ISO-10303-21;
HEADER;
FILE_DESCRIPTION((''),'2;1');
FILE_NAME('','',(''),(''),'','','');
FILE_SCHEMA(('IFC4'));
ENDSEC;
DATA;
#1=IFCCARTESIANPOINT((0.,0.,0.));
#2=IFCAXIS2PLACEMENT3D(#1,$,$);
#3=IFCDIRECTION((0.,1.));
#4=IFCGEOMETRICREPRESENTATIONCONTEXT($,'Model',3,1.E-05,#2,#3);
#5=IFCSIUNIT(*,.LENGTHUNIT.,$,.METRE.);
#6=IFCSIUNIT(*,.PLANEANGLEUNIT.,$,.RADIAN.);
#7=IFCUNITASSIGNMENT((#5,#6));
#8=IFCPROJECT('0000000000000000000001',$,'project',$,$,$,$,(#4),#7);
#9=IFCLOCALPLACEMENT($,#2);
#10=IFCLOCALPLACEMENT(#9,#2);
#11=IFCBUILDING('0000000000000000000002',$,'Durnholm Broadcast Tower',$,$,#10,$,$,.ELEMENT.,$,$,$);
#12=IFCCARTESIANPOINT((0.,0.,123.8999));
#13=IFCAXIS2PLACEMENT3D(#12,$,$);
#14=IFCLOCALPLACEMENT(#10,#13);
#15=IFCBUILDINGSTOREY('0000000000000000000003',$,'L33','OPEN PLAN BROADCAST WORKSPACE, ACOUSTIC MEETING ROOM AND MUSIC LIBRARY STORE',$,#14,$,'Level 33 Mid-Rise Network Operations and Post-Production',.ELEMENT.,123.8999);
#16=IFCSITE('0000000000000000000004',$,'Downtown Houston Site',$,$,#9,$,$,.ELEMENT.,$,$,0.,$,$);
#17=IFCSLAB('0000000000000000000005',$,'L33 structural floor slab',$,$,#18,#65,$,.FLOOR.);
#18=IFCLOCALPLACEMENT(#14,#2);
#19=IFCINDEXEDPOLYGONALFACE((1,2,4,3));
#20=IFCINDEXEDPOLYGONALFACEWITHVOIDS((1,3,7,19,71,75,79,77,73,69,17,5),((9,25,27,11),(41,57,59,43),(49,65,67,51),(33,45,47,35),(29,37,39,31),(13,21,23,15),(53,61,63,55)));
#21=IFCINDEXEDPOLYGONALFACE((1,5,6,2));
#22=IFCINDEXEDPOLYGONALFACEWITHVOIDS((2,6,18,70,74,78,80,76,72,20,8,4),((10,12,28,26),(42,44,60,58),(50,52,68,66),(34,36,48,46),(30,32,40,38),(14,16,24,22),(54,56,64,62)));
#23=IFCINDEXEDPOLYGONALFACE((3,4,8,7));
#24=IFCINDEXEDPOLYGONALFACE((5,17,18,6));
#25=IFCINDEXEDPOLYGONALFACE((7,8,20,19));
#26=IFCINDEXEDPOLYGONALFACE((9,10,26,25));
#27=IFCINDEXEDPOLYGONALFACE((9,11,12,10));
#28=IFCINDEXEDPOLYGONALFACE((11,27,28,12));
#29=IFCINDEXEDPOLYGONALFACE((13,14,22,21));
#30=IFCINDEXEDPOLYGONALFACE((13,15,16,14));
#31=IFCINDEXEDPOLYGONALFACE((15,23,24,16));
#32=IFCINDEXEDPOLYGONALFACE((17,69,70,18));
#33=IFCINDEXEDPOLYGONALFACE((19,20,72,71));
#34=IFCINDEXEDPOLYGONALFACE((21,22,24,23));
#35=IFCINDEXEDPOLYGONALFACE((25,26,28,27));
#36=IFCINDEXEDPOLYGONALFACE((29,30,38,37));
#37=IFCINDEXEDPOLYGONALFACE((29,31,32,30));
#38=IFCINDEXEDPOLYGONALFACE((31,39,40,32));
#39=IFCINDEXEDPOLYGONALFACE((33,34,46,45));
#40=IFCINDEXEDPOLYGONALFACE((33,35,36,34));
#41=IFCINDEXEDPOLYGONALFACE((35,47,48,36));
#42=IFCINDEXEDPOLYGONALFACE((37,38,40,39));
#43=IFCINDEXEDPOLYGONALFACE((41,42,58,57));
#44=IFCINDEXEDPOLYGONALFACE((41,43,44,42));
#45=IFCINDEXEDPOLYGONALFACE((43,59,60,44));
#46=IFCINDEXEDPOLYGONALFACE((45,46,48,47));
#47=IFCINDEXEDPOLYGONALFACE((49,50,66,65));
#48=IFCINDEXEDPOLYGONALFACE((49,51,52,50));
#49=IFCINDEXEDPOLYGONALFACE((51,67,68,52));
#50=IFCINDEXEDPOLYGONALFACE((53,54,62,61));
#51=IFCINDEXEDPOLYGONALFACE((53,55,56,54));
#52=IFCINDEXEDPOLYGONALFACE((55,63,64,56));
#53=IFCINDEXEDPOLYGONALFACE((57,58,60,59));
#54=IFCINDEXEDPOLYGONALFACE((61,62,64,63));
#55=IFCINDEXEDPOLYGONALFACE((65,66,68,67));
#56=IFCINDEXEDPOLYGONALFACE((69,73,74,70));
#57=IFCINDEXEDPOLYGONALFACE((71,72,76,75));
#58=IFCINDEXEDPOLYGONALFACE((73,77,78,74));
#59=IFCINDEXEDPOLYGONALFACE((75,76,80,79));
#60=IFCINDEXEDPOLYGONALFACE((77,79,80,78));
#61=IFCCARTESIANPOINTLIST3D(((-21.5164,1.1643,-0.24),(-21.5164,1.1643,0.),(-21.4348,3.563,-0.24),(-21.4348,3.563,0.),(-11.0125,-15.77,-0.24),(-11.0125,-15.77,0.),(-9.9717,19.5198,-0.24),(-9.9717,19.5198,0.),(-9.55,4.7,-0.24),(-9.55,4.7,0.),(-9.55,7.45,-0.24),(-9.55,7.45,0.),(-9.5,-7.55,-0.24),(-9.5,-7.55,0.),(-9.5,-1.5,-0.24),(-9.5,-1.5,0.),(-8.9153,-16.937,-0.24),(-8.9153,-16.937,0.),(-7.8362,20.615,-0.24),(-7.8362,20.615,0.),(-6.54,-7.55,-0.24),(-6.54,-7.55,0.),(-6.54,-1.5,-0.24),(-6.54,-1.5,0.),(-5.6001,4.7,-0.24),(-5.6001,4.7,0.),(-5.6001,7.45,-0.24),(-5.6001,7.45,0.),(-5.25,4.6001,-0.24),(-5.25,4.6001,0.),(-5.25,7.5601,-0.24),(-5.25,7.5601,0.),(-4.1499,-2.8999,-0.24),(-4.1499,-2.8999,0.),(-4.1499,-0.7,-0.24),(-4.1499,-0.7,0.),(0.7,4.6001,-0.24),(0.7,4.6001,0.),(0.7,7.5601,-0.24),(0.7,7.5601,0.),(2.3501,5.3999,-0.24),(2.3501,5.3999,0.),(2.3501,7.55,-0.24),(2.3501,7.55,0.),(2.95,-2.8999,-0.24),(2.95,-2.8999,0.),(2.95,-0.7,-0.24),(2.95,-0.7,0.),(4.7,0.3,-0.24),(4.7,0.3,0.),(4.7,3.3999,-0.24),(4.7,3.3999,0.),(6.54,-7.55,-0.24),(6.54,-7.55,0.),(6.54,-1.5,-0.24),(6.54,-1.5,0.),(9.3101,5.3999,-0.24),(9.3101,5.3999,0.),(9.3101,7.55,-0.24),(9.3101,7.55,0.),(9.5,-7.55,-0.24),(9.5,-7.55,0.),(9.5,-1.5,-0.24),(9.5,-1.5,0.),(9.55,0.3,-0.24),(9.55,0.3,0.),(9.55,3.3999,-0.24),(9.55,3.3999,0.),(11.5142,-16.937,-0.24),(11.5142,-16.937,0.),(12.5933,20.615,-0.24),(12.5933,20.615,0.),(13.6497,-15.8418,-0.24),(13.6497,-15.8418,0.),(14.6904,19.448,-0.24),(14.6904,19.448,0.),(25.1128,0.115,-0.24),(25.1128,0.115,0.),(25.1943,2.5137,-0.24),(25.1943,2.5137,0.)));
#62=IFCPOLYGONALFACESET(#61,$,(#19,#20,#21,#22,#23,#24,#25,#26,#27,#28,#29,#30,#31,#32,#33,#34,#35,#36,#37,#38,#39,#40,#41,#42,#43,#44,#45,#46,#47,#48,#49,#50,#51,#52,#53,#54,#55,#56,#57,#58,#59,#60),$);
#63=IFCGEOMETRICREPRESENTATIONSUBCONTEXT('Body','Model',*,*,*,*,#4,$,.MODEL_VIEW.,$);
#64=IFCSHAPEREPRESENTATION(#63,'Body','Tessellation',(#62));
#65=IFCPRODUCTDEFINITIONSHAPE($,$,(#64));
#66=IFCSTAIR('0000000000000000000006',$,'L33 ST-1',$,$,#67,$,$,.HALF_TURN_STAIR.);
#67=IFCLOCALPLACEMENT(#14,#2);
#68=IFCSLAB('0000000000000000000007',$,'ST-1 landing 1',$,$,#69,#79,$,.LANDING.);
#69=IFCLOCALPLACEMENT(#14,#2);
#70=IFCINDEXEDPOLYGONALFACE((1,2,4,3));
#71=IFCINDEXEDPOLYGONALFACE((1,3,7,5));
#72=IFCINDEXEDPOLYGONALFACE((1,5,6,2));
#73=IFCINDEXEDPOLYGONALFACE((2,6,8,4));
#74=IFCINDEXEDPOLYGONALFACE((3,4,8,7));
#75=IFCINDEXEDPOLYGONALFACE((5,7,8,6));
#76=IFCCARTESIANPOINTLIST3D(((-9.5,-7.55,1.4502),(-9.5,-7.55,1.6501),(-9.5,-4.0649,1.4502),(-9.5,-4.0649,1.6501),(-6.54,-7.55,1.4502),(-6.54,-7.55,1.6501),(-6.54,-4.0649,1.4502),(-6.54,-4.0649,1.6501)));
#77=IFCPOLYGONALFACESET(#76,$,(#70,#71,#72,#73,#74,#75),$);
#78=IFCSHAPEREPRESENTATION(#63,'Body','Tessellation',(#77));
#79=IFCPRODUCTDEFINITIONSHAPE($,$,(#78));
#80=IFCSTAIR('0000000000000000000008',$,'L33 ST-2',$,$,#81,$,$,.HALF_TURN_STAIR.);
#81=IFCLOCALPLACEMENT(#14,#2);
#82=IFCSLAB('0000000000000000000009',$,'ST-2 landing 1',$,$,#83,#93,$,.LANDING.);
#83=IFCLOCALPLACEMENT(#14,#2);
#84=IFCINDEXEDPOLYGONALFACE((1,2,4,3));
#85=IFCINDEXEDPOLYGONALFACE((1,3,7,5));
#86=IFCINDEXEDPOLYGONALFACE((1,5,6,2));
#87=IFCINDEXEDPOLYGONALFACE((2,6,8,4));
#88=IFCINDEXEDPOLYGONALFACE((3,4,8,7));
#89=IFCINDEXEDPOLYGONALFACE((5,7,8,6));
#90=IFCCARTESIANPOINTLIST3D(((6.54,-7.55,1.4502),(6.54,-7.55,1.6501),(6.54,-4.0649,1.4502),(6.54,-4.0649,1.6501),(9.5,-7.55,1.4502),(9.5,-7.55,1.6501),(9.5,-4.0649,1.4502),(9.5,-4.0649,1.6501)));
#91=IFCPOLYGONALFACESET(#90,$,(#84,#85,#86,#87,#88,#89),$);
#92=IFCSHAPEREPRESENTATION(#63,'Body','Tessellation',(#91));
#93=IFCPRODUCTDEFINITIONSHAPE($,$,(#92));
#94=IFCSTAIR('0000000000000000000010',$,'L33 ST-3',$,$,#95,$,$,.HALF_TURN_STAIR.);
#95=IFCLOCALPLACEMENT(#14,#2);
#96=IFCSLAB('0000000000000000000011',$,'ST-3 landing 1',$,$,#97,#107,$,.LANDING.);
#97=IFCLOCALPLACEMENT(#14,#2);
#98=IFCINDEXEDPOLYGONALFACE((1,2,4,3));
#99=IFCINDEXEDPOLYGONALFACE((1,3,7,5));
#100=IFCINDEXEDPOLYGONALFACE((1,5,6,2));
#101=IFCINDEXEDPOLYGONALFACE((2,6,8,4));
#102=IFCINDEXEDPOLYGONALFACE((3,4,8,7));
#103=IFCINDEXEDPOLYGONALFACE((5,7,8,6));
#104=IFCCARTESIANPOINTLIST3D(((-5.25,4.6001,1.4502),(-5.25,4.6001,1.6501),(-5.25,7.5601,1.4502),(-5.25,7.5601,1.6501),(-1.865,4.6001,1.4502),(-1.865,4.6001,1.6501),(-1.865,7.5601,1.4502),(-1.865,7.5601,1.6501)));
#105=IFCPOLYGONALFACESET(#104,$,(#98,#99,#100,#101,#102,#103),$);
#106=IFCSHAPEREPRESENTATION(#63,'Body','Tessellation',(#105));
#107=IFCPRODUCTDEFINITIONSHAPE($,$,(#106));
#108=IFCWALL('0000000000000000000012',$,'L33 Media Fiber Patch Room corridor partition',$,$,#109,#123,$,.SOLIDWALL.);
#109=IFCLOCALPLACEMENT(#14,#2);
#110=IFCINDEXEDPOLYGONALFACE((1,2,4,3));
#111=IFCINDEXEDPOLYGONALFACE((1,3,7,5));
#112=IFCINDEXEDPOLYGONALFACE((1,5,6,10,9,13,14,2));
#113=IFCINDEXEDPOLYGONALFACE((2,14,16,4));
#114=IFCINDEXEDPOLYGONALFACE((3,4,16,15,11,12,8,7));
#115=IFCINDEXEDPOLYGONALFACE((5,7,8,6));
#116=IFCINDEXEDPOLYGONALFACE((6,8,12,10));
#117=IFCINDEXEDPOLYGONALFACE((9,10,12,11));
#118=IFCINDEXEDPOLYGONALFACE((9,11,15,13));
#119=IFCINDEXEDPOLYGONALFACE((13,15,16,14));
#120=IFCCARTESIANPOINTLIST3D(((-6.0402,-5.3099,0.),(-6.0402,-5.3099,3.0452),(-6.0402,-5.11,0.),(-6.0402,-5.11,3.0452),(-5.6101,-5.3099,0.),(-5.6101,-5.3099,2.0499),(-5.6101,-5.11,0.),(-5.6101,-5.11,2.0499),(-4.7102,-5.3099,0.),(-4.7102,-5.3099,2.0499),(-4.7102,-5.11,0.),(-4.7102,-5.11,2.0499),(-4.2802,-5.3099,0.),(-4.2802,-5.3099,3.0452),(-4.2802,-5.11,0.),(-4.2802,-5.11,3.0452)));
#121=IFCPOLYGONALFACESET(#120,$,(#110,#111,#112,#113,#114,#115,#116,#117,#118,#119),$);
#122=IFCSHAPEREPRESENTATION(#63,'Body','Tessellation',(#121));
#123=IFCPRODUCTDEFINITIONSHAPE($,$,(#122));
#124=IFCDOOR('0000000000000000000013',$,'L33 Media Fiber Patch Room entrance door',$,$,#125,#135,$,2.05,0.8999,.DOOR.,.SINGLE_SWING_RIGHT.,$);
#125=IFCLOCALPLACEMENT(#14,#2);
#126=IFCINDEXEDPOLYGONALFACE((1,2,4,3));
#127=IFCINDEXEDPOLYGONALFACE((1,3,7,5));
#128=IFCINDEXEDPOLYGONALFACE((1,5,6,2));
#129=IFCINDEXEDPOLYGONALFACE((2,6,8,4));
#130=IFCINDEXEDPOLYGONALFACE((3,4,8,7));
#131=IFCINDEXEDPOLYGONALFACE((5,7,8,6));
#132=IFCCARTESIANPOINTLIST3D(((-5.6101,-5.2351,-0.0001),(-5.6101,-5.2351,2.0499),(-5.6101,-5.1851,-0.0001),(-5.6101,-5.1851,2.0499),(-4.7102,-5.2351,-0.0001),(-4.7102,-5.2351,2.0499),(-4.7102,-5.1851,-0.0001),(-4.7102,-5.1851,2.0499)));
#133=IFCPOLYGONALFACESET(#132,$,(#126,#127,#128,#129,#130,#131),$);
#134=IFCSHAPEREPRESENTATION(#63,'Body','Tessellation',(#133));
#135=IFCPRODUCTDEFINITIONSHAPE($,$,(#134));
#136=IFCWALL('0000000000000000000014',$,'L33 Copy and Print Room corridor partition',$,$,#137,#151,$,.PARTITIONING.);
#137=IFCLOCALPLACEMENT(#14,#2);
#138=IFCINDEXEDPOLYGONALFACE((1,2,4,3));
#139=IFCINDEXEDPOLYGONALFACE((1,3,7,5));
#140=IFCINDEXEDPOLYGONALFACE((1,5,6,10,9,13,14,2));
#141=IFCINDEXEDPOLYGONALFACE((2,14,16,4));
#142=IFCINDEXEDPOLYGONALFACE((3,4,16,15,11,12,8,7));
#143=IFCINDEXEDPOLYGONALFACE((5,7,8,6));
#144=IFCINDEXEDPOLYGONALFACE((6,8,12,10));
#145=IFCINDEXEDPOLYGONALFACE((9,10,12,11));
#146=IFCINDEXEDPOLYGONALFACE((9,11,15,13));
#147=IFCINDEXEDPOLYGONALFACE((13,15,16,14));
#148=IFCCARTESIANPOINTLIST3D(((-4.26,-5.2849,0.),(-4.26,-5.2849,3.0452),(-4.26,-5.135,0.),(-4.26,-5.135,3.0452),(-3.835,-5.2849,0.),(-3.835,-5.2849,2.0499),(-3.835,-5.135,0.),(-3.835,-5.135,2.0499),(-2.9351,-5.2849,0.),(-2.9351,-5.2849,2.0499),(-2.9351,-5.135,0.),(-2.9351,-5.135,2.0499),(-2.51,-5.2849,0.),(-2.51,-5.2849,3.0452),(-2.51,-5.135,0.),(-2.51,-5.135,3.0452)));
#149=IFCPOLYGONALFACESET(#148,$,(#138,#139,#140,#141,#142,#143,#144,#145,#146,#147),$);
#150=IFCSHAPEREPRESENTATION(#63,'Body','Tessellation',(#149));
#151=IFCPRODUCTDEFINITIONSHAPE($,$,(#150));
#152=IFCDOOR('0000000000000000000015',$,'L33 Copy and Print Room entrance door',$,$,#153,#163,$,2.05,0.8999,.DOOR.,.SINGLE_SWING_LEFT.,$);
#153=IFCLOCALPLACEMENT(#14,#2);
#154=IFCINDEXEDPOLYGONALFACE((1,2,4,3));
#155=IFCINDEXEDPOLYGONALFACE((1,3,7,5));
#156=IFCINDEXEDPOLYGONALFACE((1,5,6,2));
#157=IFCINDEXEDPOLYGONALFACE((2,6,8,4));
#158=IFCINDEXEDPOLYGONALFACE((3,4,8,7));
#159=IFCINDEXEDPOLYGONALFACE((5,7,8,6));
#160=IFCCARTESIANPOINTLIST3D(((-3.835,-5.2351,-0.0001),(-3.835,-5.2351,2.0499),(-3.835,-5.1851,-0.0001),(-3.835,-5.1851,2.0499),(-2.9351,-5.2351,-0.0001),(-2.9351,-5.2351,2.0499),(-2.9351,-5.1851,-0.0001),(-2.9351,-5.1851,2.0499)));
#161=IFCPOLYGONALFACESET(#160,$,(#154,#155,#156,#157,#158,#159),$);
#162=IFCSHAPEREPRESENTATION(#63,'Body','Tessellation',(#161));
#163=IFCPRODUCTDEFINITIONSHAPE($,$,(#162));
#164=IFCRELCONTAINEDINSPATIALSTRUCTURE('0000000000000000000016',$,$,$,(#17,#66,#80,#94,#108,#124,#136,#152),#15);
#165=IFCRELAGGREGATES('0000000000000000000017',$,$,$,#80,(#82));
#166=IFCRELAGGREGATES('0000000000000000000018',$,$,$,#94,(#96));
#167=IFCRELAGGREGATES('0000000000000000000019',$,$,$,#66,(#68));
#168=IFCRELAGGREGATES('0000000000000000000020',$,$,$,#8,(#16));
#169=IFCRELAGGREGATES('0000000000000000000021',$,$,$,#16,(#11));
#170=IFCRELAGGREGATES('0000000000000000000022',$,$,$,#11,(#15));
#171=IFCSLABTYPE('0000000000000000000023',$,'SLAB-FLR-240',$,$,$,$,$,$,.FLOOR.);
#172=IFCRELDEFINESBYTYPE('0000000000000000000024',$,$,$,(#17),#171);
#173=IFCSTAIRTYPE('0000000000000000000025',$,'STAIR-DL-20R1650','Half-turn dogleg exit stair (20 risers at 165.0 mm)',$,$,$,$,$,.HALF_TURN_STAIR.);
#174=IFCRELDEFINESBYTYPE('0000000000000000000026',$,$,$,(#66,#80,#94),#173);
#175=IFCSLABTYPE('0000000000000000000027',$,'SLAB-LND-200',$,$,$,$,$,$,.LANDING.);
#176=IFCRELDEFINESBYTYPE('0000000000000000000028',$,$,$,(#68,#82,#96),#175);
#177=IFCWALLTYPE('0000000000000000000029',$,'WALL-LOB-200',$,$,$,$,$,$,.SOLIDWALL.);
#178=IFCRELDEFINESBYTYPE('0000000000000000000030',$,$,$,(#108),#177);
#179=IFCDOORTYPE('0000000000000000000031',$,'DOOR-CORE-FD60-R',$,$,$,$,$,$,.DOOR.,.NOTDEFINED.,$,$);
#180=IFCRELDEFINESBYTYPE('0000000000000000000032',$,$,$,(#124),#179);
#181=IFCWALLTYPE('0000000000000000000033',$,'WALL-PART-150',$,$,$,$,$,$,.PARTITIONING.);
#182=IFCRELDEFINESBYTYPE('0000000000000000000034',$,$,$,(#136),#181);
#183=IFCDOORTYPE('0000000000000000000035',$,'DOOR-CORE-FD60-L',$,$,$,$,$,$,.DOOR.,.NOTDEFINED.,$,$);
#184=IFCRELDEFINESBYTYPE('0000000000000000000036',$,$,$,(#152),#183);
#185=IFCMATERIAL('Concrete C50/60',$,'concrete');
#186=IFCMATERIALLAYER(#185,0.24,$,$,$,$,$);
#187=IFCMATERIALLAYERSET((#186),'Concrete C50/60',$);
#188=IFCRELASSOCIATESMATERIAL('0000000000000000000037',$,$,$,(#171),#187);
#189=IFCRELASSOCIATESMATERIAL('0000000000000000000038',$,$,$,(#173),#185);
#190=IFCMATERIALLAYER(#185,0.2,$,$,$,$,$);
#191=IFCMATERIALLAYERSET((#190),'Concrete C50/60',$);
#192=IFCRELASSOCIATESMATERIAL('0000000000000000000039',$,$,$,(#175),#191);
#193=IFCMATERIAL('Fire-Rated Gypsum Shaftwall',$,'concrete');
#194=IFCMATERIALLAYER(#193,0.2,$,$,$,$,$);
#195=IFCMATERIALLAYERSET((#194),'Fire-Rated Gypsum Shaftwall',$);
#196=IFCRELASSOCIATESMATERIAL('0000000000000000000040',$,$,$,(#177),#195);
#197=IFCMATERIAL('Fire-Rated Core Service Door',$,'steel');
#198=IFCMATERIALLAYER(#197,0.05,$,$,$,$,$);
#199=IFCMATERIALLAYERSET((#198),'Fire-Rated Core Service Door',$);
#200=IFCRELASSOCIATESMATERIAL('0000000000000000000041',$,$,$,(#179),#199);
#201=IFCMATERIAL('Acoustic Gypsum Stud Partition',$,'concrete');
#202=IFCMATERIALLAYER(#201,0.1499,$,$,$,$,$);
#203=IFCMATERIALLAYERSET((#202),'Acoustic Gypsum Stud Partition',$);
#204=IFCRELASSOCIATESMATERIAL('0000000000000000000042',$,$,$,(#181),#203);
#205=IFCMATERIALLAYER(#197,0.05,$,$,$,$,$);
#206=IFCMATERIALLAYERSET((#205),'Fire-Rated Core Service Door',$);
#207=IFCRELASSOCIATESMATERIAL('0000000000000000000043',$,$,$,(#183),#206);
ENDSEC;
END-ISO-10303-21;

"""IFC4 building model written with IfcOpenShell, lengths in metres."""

from ifc_helpers import new_model, si_unit, direction, frame, frame_2d, origin, place, context, subcontext, project, spatial, polyline, rectangle, outline, extrude, source, transform, mapped, material, layer, layer_set, type_object, type_shapes, element, fill, aggregate, save


model = new_model("IFC4")

# Units and contexts
model_context = context("Model", 3, precision=1e-05, world=origin(), true_north=direction((0.0, 1.0)))
body_context = subcontext(model_context, "Body", "Model", "MODEL_VIEW")
ifc_project = project(units=[si_unit("LENGTHUNIT", "METRE"), si_unit("PLANEANGLEUNIT", "RADIAN")], contexts=[model_context])

# Site, building, storey
site_placement = place(None, origin())
site = spatial("IfcSite", under=ifc_project, at=site_placement, Name="Downtown Houston Site", CompositionType="ELEMENT", RefElevation=0.0)
building_placement = place(site_placement, origin())
building = spatial("IfcBuilding", under=site, at=building_placement, Name="Durnholm Broadcast Tower", CompositionType="ELEMENT")
storey_placement = place(building_placement, frame((0.0, 0.0, 123.8999)))
storey = spatial("IfcBuildingStorey", under=building, at=storey_placement, Name="L33", Description="OPEN PLAN BROADCAST WORKSPACE, ACOUSTIC MEETING ROOM AND MUSIC LIBRARY STORE", LongName="Level 33 Mid-Rise Network Operations and Post-Production", CompositionType="ELEMENT", Elevation=123.8999)

# Slab
ifc_material_1 = material(Name="Concrete C50/60", Category="concrete")
ifc_layer_1 = layer(ifc_material_1, 0.24)
ifc_layer_set_1 = layer_set([ifc_layer_1], Name="Concrete C50/60")
slab_type_1 = type_object("IfcSlabType", Name="SLAB-FLR-240", PredefinedType="FLOOR", material=ifc_layer_set_1)
slab_1_placement = place(storey_placement, frame((0.0, 0.0, -0.24)))
element("IfcSlab", 1, at=slab_1_placement, inside=storey, type_object=slab_type_1, Name="L33 structural floor slab", PredefinedType="FLOOR", context=body_context, shape_type="SweptSolid", body=[
    extrude(outline(polyline([(-11.0125, -15.77), (-8.9153, -16.937), (11.5142, -16.937), (13.6497, -15.8418), (25.1128, 0.115), (25.1943, 2.5137), (14.6904, 19.448), (12.5933, 20.615), (-7.8362, 20.615), (-9.9717, 19.5198), (-21.4348, 3.563), (-21.5164, 1.1643), (-11.0125, -15.77)]), holes=[polyline([(-6.54, -1.5), (-9.5, -1.5), (-9.5, -7.55), (-6.54, -7.55), (-6.54, -1.5)]), polyline([(9.5, -7.55), (9.5, -1.5), (6.54, -1.5), (6.54, -7.55), (9.5, -7.55)]), polyline([(2.95, -0.7), (-4.1499, -0.7), (-4.1499, -2.8999), (2.95, -2.8999), (2.95, -0.7)]), polyline([(9.55, 3.3999), (4.7, 3.3999), (4.7, 0.3), (9.55, 0.3), (9.55, 3.3999)]), polyline([(-5.6001, 7.45), (-9.55, 7.45), (-9.55, 4.7), (-5.6001, 4.7), (-5.6001, 7.45)]), polyline([(-5.25, 4.6001), (0.7, 4.6001), (0.7, 7.5601), (-5.25, 7.5601), (-5.25, 4.6001)]), polyline([(9.3101, 7.55), (2.3501, 7.55), (2.3501, 5.3999), (9.3101, 5.3999), (9.3101, 7.55)])]), origin(), (0.0, 0.0, 1.0), 0.24),
])

# Stairs, slabs
stair_type = type_object("IfcStairType", Name="STAIR-DL-20R1650", Description="Half-turn dogleg exit stair (20 risers at 165.0 mm)", PredefinedType="HALF_TURN_STAIR", material=ifc_material_1)
stair_1_placement = place(storey_placement, origin())
stair_1 = element("IfcStair", 2, at=stair_1_placement, inside=storey, type_object=stair_type, Name="L33 ST-1", PredefinedType="HALF_TURN_STAIR")
ifc_layer_2 = layer(ifc_material_1, 0.2)
ifc_layer_set_2 = layer_set([ifc_layer_2], Name="Concrete C50/60")
slab_type_2 = type_object("IfcSlabType", Name="SLAB-LND-200", PredefinedType="LANDING", material=ifc_layer_set_2)
slab_2_placement = place(storey_placement, frame((0.0, 0.0, 1.4502)))
slab_2 = element("IfcSlab", 3, at=slab_2_placement, type_object=slab_type_2, Name="ST-1 landing 1", PredefinedType="LANDING", context=body_context, shape_type="SweptSolid", body=[
    extrude(outline(polyline([(-9.5, -4.0649), (-9.5, -7.55), (-6.54, -7.55), (-6.54, -4.0649), (-9.5, -4.0649)])), origin(), (0.0, 0.0, 1.0), 0.2),
])
stair_2_placement = place(storey_placement, origin())
stair_2 = element("IfcStair", 4, at=stair_2_placement, inside=storey, type_object=stair_type, Name="L33 ST-2", PredefinedType="HALF_TURN_STAIR")
slab_3_placement = place(storey_placement, frame((0.0, 0.0, 1.4502)))
slab_3 = element("IfcSlab", 5, at=slab_3_placement, type_object=slab_type_2, Name="ST-2 landing 1", PredefinedType="LANDING", context=body_context, shape_type="SweptSolid", body=[
    extrude(outline(polyline([(6.54, -4.0649), (6.54, -7.55), (9.5, -7.55), (9.5, -4.0649), (6.54, -4.0649)])), origin(), (0.0, 0.0, 1.0), 0.2),
])
aggregate(stair_2, [slab_3])
stair_3_placement = place(storey_placement, origin())
stair_3 = element("IfcStair", 6, at=stair_3_placement, inside=storey, type_object=stair_type, Name="L33 ST-3", PredefinedType="HALF_TURN_STAIR")
slab_4_placement = place(storey_placement, frame((0.0, 0.0, 1.4502)))
slab_4 = element("IfcSlab", 7, at=slab_4_placement, type_object=slab_type_2, Name="ST-3 landing 1", PredefinedType="LANDING", context=body_context, shape_type="SweptSolid", body=[
    extrude(outline(polyline([(-1.865, 7.5601), (-5.25, 7.5601), (-5.25, 4.6001), (-1.865, 4.6001), (-1.865, 7.5601)])), origin(), (0.0, 0.0, 1.0), 0.2),
])
aggregate(stair_3, [slab_4])

# Walls, openings, doors
ifc_material_2 = material(Name="Fire-Rated Gypsum Shaftwall", Category="concrete")
ifc_layer_3 = layer(ifc_material_2, 0.2)
ifc_layer_set_3 = layer_set([ifc_layer_3], Name="Fire-Rated Gypsum Shaftwall")
wall_type_1 = type_object("IfcWallType", Name="WALL-LOB-200", PredefinedType="SOLIDWALL", material=ifc_layer_set_3)
wall_1_placement = place(storey_placement, frame((-6.04, -5.21, 0.0), z_axis=(0.0, 0.0, 1.0), x_axis=(1.0, 0.0, 0.0)))
wall_1 = element("IfcWall", 8, at=wall_1_placement, inside=storey, type_object=wall_type_1, Name="L33 Media Fiber Patch Room corridor partition", PredefinedType="SOLIDWALL", context=body_context, shape_type="SweptSolid", body=[
    extrude(rectangle(XDim=1.76, YDim=0.2, at=frame_2d((0.8799, 0.0))), origin(), (0.0, 0.0, 1.0), 3.0452),
])
opening_1_placement = place(wall_1_placement, frame((0.4299, 0.0, 0.0)))
opening_1 = element("IfcOpeningElement", 9, at=opening_1_placement, cuts=wall_1, PredefinedType="OPENING", context=body_context, shape_type="SweptSolid", body=[
    extrude(rectangle(XDim=0.8999, YDim=2.05, at=frame_2d((0.45, 1.0249))), frame((0.0, 0.1099, 0.0), z_axis=(0.0, -1.0, 0.0), x_axis=(1.0, 0.0, 0.0)), (0.0, 0.0, 1.0), 0.22),
])
ifc_material_3 = material(Name="Fire-Rated Core Service Door", Category="steel")
ifc_layer_4 = layer(ifc_material_3, 0.05)
ifc_layer_set_4 = layer_set([ifc_layer_4], Name="Fire-Rated Core Service Door")
door_type_1 = type_object("IfcDoorType", Name="DOOR-CORE-FD60-R", OperationType="NOTDEFINED", PredefinedType="DOOR", material=ifc_layer_set_4)
shared_shape_1 = source(origin(), body_context, "Body", "SweptSolid", [
    extrude(rectangle(XDim=0.8999, YDim=2.05, at=frame_2d((0.45, 1.0249))), frame((0.0, 0.0249, 0.0), z_axis=(0.0, -1.0, 0.0), x_axis=(1.0, 0.0, 0.0)), (0.0, 0.0, 1.0), 0.05),
])
type_shapes(door_type_1, [shared_shape_1])
door_1_placement = place(opening_1_placement, origin())
door_1 = element("IfcDoor", 10, at=door_1_placement, inside=storey, type_object=door_type_1, Name="L33 Media Fiber Patch Room entrance door", OperationType="SINGLE_SWING_RIGHT", OverallHeight=2.05, OverallWidth=0.8999, PredefinedType="DOOR", context=body_context, shape_type="MappedRepresentation", body=[
    mapped(shared_shape_1, transform((0.0, 0.0, 0.0), x_axis=(1.0, 0.0, 0.0), y_axis=(0.0, 1.0, 0.0), z_axis=(0.0, 0.0, 1.0), scale=1.0)),
])
fill(opening_1, door_1)
ifc_material_4 = material(Name="Acoustic Gypsum Stud Partition", Category="concrete")
ifc_layer_5 = layer(ifc_material_4, 0.1499)
ifc_layer_set_5 = layer_set([ifc_layer_5], Name="Acoustic Gypsum Stud Partition")
wall_type_2 = type_object("IfcWallType", Name="WALL-PART-150", PredefinedType="PARTITIONING", material=ifc_layer_set_5)
wall_2_placement = place(storey_placement, frame((-4.26, -5.21, 0.0), z_axis=(0.0, 0.0, 1.0), x_axis=(1.0, 0.0, 0.0)))
wall_2 = element("IfcWall", 11, at=wall_2_placement, inside=storey, type_object=wall_type_2, Name="L33 Copy and Print Room corridor partition", PredefinedType="PARTITIONING", context=body_context, shape_type="SweptSolid", body=[
    extrude(rectangle(XDim=1.75, YDim=0.1499, at=frame_2d((0.875, 0.0))), origin(), (0.0, 0.0, 1.0), 3.0452),
])
opening_2_placement = place(wall_2_placement, frame((0.425, 0.0, 0.0)))
opening_2 = element("IfcOpeningElement", 12, at=opening_2_placement, cuts=wall_2, PredefinedType="OPENING", context=body_context, shape_type="SweptSolid", body=[
    extrude(rectangle(XDim=0.8999, YDim=2.05, at=frame_2d((0.45, 1.0249))), frame((0.0, 0.085, 0.0), z_axis=(0.0, -1.0, 0.0), x_axis=(1.0, 0.0, 0.0)), (0.0, 0.0, 1.0), 0.1699),
])
ifc_layer_6 = layer(ifc_material_3, 0.05)
ifc_layer_set_6 = layer_set([ifc_layer_6], Name="Fire-Rated Core Service Door")
door_type_2 = type_object("IfcDoorType", Name="DOOR-CORE-FD60-L", OperationType="NOTDEFINED", PredefinedType="DOOR", material=ifc_layer_set_6)
shared_shape_2 = source(origin(), body_context, "Body", "SweptSolid", [
    extrude(rectangle(XDim=0.8999, YDim=2.05, at=frame_2d((0.45, 1.0249))), frame((0.0, 0.0249, 0.0), z_axis=(0.0, -1.0, 0.0), x_axis=(1.0, 0.0, 0.0)), (0.0, 0.0, 1.0), 0.05),
])
type_shapes(door_type_2, [shared_shape_2])
door_2_placement = place(opening_2_placement, origin())
door_2 = element("IfcDoor", 13, at=door_2_placement, inside=storey, type_object=door_type_2, Name="L33 Copy and Print Room entrance door", OperationType="SINGLE_SWING_LEFT", OverallHeight=2.05, OverallWidth=0.8999, PredefinedType="DOOR", context=body_context, shape_type="MappedRepresentation", body=[
    mapped(shared_shape_2, transform((0.0, 0.0, 0.0), x_axis=(1.0, 0.0, 0.0), y_axis=(0.0, 1.0, 0.0), z_axis=(0.0, 0.0, 1.0), scale=1.0)),
])
fill(opening_2, door_2)

aggregate(stair_1, [slab_2])

save(model, "model.ifc")
